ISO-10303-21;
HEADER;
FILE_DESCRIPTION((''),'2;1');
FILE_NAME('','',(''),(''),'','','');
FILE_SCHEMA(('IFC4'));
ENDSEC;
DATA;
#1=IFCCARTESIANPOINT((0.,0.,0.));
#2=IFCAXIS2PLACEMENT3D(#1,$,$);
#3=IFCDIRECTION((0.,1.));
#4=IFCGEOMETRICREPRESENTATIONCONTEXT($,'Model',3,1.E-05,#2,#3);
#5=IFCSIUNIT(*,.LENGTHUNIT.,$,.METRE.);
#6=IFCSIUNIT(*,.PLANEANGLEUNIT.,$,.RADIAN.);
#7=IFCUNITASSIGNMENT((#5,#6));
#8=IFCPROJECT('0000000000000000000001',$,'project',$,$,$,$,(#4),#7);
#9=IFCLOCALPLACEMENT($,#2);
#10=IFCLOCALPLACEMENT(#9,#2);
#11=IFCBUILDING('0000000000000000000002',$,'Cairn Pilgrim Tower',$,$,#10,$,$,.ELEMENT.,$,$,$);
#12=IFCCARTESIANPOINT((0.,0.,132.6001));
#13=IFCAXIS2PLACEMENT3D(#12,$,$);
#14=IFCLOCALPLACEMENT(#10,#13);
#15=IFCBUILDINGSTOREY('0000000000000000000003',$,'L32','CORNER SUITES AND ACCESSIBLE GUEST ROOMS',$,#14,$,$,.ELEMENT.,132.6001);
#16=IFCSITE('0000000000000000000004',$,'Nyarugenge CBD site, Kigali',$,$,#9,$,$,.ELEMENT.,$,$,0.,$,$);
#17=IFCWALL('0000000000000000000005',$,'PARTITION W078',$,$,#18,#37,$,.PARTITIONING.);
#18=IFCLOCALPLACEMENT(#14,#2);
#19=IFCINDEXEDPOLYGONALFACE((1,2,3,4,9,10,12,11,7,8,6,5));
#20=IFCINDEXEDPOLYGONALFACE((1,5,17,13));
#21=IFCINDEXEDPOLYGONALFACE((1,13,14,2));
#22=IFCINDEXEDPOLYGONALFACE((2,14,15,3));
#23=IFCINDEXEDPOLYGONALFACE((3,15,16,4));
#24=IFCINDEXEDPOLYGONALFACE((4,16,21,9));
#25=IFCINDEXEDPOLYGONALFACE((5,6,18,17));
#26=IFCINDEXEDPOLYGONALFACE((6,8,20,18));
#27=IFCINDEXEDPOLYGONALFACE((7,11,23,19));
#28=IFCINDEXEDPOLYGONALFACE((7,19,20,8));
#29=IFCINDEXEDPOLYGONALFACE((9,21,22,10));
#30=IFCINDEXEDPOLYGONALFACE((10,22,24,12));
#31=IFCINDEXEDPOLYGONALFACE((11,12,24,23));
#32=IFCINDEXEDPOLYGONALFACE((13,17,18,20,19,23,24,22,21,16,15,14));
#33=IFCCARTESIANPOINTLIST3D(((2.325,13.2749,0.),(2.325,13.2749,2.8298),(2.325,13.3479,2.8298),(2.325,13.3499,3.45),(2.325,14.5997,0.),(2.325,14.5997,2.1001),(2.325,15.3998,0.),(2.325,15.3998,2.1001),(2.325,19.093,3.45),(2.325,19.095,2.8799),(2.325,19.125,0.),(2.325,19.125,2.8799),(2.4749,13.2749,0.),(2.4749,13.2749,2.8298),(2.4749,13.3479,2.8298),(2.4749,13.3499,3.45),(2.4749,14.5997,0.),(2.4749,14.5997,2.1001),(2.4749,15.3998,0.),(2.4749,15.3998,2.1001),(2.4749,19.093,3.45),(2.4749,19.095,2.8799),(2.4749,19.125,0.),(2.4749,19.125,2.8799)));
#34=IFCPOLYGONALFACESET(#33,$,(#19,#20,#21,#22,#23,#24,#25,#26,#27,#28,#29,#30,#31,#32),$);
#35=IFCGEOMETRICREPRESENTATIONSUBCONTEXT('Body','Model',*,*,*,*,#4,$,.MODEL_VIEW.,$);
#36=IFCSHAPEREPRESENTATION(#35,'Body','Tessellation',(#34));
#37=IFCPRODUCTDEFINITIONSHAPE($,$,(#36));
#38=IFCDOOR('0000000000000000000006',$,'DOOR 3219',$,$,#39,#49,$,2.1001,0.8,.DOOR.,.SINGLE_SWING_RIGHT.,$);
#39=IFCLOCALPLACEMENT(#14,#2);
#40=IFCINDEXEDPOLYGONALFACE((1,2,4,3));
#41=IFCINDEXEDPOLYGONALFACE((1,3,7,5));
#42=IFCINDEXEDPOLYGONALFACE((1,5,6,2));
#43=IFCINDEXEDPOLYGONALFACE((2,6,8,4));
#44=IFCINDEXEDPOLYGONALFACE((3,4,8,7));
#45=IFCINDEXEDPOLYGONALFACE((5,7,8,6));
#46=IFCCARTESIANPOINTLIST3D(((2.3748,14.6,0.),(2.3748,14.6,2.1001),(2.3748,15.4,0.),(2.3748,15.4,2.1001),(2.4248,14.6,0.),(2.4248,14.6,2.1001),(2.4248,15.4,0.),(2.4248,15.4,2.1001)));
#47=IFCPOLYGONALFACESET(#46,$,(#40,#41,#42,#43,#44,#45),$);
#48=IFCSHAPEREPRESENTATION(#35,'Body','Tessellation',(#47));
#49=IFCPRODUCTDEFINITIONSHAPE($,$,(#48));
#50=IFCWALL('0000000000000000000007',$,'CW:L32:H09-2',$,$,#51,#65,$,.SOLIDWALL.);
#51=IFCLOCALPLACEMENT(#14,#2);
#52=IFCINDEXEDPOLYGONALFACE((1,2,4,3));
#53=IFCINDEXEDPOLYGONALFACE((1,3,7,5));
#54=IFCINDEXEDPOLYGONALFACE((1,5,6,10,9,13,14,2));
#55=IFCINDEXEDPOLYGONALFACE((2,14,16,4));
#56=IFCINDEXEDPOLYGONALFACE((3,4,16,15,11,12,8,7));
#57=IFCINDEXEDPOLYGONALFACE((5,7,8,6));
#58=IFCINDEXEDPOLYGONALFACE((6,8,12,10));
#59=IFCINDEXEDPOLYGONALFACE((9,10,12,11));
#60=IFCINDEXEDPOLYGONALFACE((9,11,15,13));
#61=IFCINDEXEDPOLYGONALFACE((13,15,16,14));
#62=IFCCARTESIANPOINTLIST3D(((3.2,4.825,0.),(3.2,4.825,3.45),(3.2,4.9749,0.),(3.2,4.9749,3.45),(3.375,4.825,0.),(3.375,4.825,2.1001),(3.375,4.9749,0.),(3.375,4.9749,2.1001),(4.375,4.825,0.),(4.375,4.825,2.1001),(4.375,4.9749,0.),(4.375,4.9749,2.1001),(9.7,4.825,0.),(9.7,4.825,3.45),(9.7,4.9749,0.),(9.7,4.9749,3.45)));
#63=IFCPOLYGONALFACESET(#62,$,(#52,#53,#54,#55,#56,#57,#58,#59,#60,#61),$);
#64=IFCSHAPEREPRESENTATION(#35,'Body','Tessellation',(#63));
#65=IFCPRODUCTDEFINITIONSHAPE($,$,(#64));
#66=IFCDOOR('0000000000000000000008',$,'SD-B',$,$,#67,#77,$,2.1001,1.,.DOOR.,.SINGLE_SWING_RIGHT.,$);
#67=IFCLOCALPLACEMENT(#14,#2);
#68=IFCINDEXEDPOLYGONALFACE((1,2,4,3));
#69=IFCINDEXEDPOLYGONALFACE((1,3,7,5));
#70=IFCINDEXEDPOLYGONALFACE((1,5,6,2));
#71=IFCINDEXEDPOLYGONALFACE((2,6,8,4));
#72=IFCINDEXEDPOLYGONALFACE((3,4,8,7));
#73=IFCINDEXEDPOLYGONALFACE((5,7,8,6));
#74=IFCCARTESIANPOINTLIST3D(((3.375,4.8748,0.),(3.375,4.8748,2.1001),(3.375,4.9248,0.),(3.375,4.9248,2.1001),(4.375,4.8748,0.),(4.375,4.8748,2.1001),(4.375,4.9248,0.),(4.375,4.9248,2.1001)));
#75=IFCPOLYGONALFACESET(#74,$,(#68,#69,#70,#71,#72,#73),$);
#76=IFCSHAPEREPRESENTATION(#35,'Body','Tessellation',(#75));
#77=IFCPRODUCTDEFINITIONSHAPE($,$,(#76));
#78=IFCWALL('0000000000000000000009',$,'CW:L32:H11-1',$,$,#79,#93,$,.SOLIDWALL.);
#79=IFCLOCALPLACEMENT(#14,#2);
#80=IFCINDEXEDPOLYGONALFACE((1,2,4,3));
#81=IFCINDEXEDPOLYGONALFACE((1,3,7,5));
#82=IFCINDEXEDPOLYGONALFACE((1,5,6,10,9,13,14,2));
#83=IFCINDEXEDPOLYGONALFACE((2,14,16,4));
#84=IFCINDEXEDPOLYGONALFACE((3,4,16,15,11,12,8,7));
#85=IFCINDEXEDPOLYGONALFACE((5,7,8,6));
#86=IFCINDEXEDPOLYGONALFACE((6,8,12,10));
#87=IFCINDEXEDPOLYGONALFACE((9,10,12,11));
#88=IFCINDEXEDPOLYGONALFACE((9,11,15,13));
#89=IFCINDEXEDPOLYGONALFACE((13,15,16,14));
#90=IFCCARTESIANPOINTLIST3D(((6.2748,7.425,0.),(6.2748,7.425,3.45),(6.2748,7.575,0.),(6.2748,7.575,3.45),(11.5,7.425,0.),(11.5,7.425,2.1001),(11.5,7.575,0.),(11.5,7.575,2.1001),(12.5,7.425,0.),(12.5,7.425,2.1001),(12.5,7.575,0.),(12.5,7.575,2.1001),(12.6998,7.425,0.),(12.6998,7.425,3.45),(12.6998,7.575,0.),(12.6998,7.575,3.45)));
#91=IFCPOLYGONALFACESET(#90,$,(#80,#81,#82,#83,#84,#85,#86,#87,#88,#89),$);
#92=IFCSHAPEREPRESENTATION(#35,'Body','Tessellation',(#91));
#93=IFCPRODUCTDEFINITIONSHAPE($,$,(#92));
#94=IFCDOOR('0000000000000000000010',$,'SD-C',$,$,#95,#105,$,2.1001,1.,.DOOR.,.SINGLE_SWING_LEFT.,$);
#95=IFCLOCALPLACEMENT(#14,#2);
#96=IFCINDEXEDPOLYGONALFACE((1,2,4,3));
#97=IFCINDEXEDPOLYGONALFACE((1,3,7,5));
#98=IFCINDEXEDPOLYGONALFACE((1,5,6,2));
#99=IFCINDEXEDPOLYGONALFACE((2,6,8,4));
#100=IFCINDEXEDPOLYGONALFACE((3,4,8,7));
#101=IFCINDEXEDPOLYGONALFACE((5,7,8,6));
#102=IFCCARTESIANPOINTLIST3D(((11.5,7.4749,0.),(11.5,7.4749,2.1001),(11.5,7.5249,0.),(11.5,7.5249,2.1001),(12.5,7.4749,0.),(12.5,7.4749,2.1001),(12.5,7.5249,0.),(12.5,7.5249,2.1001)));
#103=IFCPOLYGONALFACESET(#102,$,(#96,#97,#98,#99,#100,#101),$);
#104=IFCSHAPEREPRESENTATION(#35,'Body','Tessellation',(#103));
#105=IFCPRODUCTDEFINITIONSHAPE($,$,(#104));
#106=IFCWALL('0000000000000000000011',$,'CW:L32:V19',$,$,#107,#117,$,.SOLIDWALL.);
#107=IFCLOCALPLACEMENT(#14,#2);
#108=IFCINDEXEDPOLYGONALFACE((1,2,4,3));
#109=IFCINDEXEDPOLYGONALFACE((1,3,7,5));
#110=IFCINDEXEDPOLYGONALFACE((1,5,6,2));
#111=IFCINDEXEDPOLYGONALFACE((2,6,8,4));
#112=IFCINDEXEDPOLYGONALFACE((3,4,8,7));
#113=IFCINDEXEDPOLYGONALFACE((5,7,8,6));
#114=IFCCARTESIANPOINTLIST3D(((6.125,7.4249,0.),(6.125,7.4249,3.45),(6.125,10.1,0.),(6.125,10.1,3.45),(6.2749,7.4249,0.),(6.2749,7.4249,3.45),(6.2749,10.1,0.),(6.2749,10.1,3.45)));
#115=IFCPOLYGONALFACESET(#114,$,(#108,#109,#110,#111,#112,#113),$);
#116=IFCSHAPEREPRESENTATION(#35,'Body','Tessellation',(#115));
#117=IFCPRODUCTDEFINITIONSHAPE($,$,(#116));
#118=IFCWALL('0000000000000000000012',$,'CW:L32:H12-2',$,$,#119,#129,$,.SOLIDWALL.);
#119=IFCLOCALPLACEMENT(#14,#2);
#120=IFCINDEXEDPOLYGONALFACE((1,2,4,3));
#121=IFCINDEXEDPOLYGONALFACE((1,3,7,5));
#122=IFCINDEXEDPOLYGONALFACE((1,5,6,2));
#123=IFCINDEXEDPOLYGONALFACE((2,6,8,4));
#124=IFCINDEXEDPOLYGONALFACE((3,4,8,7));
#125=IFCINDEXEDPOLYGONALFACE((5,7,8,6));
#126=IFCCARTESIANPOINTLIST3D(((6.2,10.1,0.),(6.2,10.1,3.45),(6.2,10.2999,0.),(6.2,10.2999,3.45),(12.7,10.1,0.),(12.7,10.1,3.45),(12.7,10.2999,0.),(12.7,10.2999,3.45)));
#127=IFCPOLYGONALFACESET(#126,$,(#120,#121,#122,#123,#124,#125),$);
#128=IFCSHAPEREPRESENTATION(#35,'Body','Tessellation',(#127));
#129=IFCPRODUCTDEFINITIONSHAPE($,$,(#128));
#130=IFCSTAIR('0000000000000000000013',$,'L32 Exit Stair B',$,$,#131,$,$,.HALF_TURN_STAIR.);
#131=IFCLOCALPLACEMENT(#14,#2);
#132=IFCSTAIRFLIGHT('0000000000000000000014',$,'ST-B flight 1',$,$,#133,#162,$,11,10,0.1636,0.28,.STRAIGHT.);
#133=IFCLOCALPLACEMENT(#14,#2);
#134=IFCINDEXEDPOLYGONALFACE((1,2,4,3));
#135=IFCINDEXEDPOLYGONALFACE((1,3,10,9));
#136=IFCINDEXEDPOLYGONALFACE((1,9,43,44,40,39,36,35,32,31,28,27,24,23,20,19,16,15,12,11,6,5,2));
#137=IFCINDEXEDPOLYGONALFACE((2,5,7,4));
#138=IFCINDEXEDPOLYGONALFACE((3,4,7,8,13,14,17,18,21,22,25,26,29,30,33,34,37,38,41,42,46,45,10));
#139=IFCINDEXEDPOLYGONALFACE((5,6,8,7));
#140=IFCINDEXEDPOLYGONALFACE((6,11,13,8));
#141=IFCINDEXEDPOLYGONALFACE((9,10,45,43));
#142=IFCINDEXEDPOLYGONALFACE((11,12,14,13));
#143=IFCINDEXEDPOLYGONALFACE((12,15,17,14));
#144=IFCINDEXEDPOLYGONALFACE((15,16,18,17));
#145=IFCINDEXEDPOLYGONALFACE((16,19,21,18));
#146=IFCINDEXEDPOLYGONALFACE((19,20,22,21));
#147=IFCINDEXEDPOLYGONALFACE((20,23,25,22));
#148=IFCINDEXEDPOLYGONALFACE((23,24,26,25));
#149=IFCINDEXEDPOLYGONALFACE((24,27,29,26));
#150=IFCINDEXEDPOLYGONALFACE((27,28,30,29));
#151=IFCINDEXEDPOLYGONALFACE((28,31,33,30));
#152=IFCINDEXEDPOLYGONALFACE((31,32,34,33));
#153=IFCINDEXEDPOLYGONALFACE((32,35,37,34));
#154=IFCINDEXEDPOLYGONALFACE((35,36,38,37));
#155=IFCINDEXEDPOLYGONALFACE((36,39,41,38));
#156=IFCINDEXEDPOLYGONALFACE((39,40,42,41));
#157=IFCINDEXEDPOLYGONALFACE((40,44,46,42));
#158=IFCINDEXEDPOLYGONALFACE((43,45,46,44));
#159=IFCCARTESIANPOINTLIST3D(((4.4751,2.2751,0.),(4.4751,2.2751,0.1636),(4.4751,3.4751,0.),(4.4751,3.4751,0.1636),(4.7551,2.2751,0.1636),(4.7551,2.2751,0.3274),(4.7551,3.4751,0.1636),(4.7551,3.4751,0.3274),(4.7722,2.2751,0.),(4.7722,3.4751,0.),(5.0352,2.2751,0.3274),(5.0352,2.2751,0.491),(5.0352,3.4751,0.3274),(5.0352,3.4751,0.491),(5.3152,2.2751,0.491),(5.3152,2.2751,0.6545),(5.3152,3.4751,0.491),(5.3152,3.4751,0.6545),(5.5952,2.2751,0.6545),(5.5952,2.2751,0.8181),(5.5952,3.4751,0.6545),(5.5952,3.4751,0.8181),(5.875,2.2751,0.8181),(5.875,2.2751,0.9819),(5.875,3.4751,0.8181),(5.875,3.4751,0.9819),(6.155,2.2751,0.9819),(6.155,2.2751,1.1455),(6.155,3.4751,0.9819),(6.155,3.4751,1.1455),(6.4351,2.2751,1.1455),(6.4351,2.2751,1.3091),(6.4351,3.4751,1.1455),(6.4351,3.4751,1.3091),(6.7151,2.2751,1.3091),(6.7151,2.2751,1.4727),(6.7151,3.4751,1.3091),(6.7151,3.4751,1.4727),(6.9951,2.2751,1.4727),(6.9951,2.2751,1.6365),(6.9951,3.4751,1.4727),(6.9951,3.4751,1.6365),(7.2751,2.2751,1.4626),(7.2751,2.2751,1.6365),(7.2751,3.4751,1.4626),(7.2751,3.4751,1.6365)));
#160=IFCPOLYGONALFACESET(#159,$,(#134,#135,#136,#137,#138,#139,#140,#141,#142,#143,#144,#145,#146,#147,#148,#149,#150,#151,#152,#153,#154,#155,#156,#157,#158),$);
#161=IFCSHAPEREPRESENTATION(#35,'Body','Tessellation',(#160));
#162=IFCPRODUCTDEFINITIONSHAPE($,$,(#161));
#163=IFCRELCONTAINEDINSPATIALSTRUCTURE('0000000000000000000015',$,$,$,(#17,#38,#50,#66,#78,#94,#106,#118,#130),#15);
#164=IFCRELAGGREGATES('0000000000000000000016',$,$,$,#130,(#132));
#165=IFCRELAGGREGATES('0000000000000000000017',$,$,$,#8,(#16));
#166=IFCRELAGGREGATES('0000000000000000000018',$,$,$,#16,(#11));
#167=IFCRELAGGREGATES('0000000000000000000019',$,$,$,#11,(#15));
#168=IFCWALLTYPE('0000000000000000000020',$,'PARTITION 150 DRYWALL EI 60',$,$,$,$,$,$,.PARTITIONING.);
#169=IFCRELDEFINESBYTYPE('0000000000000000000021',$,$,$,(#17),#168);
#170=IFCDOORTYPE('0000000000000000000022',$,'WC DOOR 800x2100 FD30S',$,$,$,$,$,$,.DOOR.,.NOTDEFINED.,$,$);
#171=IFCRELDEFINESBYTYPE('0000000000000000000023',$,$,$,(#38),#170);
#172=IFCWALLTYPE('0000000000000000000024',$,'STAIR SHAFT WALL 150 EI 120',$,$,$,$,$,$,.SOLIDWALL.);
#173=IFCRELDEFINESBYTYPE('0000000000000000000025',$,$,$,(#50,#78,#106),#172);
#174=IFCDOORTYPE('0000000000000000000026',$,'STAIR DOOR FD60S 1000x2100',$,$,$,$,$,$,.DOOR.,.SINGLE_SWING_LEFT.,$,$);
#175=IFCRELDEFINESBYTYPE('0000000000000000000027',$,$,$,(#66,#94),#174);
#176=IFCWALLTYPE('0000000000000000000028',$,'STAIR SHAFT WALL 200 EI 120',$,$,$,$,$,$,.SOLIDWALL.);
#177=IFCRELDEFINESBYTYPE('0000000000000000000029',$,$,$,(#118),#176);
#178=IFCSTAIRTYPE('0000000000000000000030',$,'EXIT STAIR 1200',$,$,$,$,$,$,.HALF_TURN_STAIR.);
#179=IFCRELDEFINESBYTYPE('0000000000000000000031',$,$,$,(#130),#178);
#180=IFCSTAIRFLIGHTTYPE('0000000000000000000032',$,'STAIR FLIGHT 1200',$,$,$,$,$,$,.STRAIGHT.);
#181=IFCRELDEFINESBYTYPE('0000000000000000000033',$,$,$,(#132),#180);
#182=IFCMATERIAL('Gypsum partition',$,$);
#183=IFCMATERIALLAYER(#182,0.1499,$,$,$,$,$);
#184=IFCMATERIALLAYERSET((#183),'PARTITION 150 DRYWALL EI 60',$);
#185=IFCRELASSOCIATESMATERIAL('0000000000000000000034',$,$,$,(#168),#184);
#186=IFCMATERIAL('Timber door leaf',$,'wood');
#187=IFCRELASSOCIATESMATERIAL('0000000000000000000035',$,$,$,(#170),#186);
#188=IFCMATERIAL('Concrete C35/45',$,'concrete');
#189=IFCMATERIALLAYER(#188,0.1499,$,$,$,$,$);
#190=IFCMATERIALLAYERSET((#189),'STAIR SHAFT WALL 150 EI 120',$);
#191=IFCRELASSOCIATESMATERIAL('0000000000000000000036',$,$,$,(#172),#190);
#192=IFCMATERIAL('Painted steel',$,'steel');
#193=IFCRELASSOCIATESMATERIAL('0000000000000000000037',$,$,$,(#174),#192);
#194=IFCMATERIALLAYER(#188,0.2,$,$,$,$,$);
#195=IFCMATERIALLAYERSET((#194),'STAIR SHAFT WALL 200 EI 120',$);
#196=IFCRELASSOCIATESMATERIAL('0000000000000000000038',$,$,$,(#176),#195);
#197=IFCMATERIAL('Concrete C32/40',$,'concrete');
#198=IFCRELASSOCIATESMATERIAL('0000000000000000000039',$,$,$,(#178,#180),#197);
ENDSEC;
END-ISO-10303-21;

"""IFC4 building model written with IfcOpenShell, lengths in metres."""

from ifc_helpers import new_model, si_unit, direction, frame, frame_2d, origin, place, context, subcontext, project, spatial, polyline, rectangle, outline, extrude, material, layer, layer_set, type_object, element, fill, aggregate, save


model = new_model("IFC4")

# Units and contexts
model_context = context("Model", 3, precision=1e-05, world=origin(), true_north=direction((0.0, 1.0)))
body_context = subcontext(model_context, "Body", "Model", "MODEL_VIEW")
ifc_project = project(units=[si_unit("LENGTHUNIT", "METRE"), si_unit("PLANEANGLEUNIT", "RADIAN")], contexts=[model_context])

# Site, building, storey
site_placement = place(None, origin())
site = spatial("IfcSite", under=ifc_project, at=site_placement, Name="Nyarugenge CBD site, Kigali", CompositionType="ELEMENT", RefElevation=0.0)
building_placement = place(site_placement, origin())
building = spatial("IfcBuilding", under=site, at=building_placement, Name="Cairn Pilgrim Tower", CompositionType="ELEMENT")
storey_placement = place(building_placement, frame((0.0, 0.0, 132.6001)))
storey = spatial("IfcBuildingStorey", under=building, at=storey_placement, Name="L32", Description="CORNER SUITES AND ACCESSIBLE GUEST ROOMS", CompositionType="ELEMENT", Elevation=132.6001)

# Shared definitions
ifc_material_1 = material(Name="Concrete C32/40", Category="concrete")
ifc_material_2 = material(Name="Gypsum partition")
ifc_layer_1 = layer(ifc_material_2, 0.1499)
ifc_layer_set_1 = layer_set([ifc_layer_1], Name="PARTITION 150 DRYWALL EI 60")
wall_type_1 = type_object("IfcWallType", Name="PARTITION 150 DRYWALL EI 60", PredefinedType="PARTITIONING", material=ifc_layer_set_1)

# Walls, openings, doors
wall_1_placement = place(storey_placement, frame((2.3999, 13.2749, 0.0), z_axis=(0.0, 0.0, 1.0), x_axis=(0.0, 1.0, 0.0)))
wall_1 = element("IfcWall", 1, at=wall_1_placement, inside=storey, type_object=wall_type_1, Name="PARTITION W078", PredefinedType="PARTITIONING", context=body_context, shape_type="SweptSolid", body=[
    extrude(outline(polyline([(0.0, 0.0), (5.8501, 0.0), (5.8501, 2.8799), (5.8201, 2.8799), (5.8181, 3.45), (0.075, 3.45), (0.073, 2.8298), (0.0, 2.8298), (0.0, 0.0)])), frame((0.0, 0.075, 0.0), z_axis=(0.0, -1.0, 0.0), x_axis=(1.0, 0.0, 0.0)), (0.0, 0.0, 1.0), 0.1499),
])
opening_1_placement = place(wall_1_placement, frame((1.325, 0.0, 0.0)))
opening_1 = element("IfcOpeningElement", 2, at=opening_1_placement, cuts=wall_1, PredefinedType="OPENING", context=body_context, shape_type="SweptSolid", body=[
    extrude(rectangle(XDim=0.8, YDim=2.1001, at=frame_2d((0.3999, 1.05))), frame((0.0, 0.085, 0.0), z_axis=(0.0, -1.0, 0.0), x_axis=(1.0, 0.0, 0.0)), (0.0, 0.0, 1.0), 0.1699),
])
ifc_material_3 = material(Name="Timber door leaf", Category="wood")
door_type_1 = type_object("IfcDoorType", Name="WC DOOR 800x2100 FD30S", OperationType="NOTDEFINED", PredefinedType="DOOR", material=ifc_material_3)
door_1_placement = place(opening_1_placement, frame((0.8, 0.0, 0.0), z_axis=(0.0, 0.0, 1.0), x_axis=(-1.0, 0.0, 0.0)))
door_1 = element("IfcDoor", 3, at=door_1_placement, inside=storey, type_object=door_type_1, Name="DOOR 3219", OperationType="SINGLE_SWING_RIGHT", OverallHeight=2.1001, OverallWidth=0.8, PredefinedType="DOOR", context=body_context, shape_type="SweptSolid", body=[
    extrude(rectangle(XDim=0.8, YDim=2.1001, at=frame_2d((0.3999, 1.05))), frame((0.0, 0.0249, 0.0), z_axis=(0.0, -1.0, 0.0), x_axis=(1.0, 0.0, 0.0)), (0.0, 0.0, 1.0), 0.05),
])
fill(opening_1, door_1)
ifc_material_4 = material(Name="Concrete C35/45", Category="concrete")
ifc_layer_2 = layer(ifc_material_4, 0.1499)
ifc_layer_set_2 = layer_set([ifc_layer_2], Name="STAIR SHAFT WALL 150 EI 120")
wall_type_2 = type_object("IfcWallType", Name="STAIR SHAFT WALL 150 EI 120", PredefinedType="SOLIDWALL", material=ifc_layer_set_2)
wall_2_placement = place(storey_placement, frame((3.2, 4.8999, 0.0), z_axis=(0.0, 0.0, 1.0), x_axis=(1.0, 0.0, 0.0)))
wall_2 = element("IfcWall", 4, at=wall_2_placement, inside=storey, type_object=wall_type_2, Name="CW:L32:H09-2", PredefinedType="SOLIDWALL", context=body_context, shape_type="SweptSolid", body=[
    extrude(rectangle(XDim=6.5, YDim=0.1499, at=frame_2d((3.25, 0.0))), origin(), (0.0, 0.0, 1.0), 3.45),
])
opening_2_placement = place(wall_2_placement, frame((0.175, 0.0, 0.0)))
opening_2 = element("IfcOpeningElement", 5, at=opening_2_placement, cuts=wall_2, PredefinedType="OPENING", context=body_context, shape_type="SweptSolid", body=[
    extrude(rectangle(XDim=1.0, YDim=2.1001, at=frame_2d((0.5, 1.05))), frame((0.0, 0.085, 0.0), z_axis=(0.0, -1.0, 0.0), x_axis=(1.0, 0.0, 0.0)), (0.0, 0.0, 1.0), 0.1699),
])
ifc_material_5 = material(Name="Painted steel", Category="steel")
door_type_2 = type_object("IfcDoorType", Name="STAIR DOOR FD60S 1000x2100", OperationType="SINGLE_SWING_LEFT", PredefinedType="DOOR", material=ifc_material_5)
door_2_placement = place(opening_2_placement, origin())
door_2 = element("IfcDoor", 6, at=door_2_placement, inside=storey, type_object=door_type_2, Name="SD-B", OperationType="SINGLE_SWING_RIGHT", OverallHeight=2.1001, OverallWidth=1.0, PredefinedType="DOOR", context=body_context, shape_type="SweptSolid", body=[
    extrude(rectangle(XDim=1.0, YDim=2.1001, at=frame_2d((0.5, 1.05))), frame((0.0, 0.0249, 0.0), z_axis=(0.0, -1.0, 0.0), x_axis=(1.0, 0.0, 0.0)), (0.0, 0.0, 1.0), 0.05),
])
fill(opening_2, door_2)
wall_3_placement = place(storey_placement, frame((6.2749, 7.5, 0.0), z_axis=(0.0, 0.0, 1.0), x_axis=(1.0, 0.0, 0.0)))
wall_3 = element("IfcWall", 7, at=wall_3_placement, inside=storey, type_object=wall_type_2, Name="CW:L32:H11-1", PredefinedType="SOLIDWALL", context=body_context, shape_type="SweptSolid", body=[
    extrude(rectangle(XDim=6.425, YDim=0.1499, at=frame_2d((3.2124, 0.0))), origin(), (0.0, 0.0, 1.0), 3.45),
])
opening_3_placement = place(wall_3_placement, frame((5.2251, 0.0, 0.0)))
opening_3 = element("IfcOpeningElement", 8, at=opening_3_placement, cuts=wall_3, PredefinedType="OPENING", context=body_context, shape_type="SweptSolid", body=[
    extrude(rectangle(XDim=1.0, YDim=2.1001, at=frame_2d((0.5, 1.05))), frame((0.0, 0.085, 0.0), z_axis=(0.0, -1.0, 0.0), x_axis=(1.0, 0.0, 0.0)), (0.0, 0.0, 1.0), 0.1699),
])
door_3_placement = place(opening_3_placement, origin())
door_3 = element("IfcDoor", 9, at=door_3_placement, inside=storey, type_object=door_type_2, Name="SD-C", OperationType="SINGLE_SWING_LEFT", OverallHeight=2.1001, OverallWidth=1.0, PredefinedType="DOOR", context=body_context, shape_type="SweptSolid", body=[
    extrude(rectangle(XDim=1.0, YDim=2.1001, at=frame_2d((0.5, 1.05))), frame((0.0, 0.0249, 0.0), z_axis=(0.0, -1.0, 0.0), x_axis=(1.0, 0.0, 0.0)), (0.0, 0.0, 1.0), 0.05),
])
fill(opening_3, door_3)

# Walls
wall_4_placement = place(storey_placement, frame((6.2, 7.425, 0.0), z_axis=(0.0, 0.0, 1.0), x_axis=(0.0, 1.0, 0.0)))
element("IfcWall", 10, at=wall_4_placement, inside=storey, type_object=wall_type_2, Name="CW:L32:V19", PredefinedType="SOLIDWALL", context=body_context, shape_type="SweptSolid", body=[
    extrude(rectangle(XDim=2.675, YDim=0.1499, at=frame_2d((1.3374, 0.0))), origin(), (0.0, 0.0, 1.0), 3.45),
])
ifc_layer_3 = layer(ifc_material_4, 0.2)
ifc_layer_set_3 = layer_set([ifc_layer_3], Name="STAIR SHAFT WALL 200 EI 120")
wall_type_3 = type_object("IfcWallType", Name="STAIR SHAFT WALL 200 EI 120", PredefinedType="SOLIDWALL", material=ifc_layer_set_3)
wall_5_placement = place(storey_placement, frame((6.2, 10.2, 0.0), z_axis=(0.0, 0.0, 1.0), x_axis=(1.0, 0.0, 0.0)))
element("IfcWall", 11, at=wall_5_placement, inside=storey, type_object=wall_type_3, Name="CW:L32:H12-2", PredefinedType="SOLIDWALL", context=body_context, shape_type="SweptSolid", body=[
    extrude(rectangle(XDim=6.5, YDim=0.2, at=frame_2d((3.25, 0.0))), origin(), (0.0, 0.0, 1.0), 3.45),
])

# Stair, stair flight
stair_type = type_object("IfcStairType", Name="EXIT STAIR 1200", PredefinedType="HALF_TURN_STAIR", material=ifc_material_1)
stair_placement = place(storey_placement, origin())
stair = element("IfcStair", 12, at=stair_placement, inside=storey, type_object=stair_type, Name="L32 Exit Stair B", PredefinedType="HALF_TURN_STAIR")
stair_flight_type = type_object("IfcStairFlightType", Name="STAIR FLIGHT 1200", PredefinedType="STRAIGHT", material=ifc_material_1)
stair_flight_placement = place(storey_placement, frame((4.4751, 2.875, 0.0), z_axis=(0.0, 0.0, 1.0), x_axis=(1.0, 0.0, 0.0)))
stair_flight = element("IfcStairFlight", 13, at=stair_flight_placement, type_object=stair_flight_type, Name="ST-B flight 1", NumberOfRisers=11, NumberOfTreads=10, PredefinedType="STRAIGHT", RiserHeight=0.1636, TreadLength=0.28, context=body_context, shape_type="SweptSolid", body=[
    extrude(outline(polyline([(0.0, 0.0), (0.0, 0.1636), (0.28, 0.1636), (0.28, 0.3274), (0.5601, 0.3274), (0.5601, 0.491), (0.8401, 0.491), (0.8401, 0.6545), (1.1201, 0.6545), (1.1201, 0.8181), (1.3999, 0.8181), (1.3999, 0.9819), (1.6799, 0.9819), (1.6799, 1.1455), (1.96, 1.1455), (1.96, 1.3091), (2.24, 1.3091), (2.24, 1.4727), (2.52, 1.4727), (2.52, 1.6365), (2.8, 1.6365), (2.8, 1.8), (2.8, 1.4626), (0.2971, 0.0), (0.0, 0.0)])), frame((0.0, 0.6001, 0.0), z_axis=(0.0, -1.0, 0.0), x_axis=(1.0, 0.0, 0.0)), (0.0, 0.0, 1.0), 1.2),
])
aggregate(stair, [stair_flight])

save(model, "model.ifc")
